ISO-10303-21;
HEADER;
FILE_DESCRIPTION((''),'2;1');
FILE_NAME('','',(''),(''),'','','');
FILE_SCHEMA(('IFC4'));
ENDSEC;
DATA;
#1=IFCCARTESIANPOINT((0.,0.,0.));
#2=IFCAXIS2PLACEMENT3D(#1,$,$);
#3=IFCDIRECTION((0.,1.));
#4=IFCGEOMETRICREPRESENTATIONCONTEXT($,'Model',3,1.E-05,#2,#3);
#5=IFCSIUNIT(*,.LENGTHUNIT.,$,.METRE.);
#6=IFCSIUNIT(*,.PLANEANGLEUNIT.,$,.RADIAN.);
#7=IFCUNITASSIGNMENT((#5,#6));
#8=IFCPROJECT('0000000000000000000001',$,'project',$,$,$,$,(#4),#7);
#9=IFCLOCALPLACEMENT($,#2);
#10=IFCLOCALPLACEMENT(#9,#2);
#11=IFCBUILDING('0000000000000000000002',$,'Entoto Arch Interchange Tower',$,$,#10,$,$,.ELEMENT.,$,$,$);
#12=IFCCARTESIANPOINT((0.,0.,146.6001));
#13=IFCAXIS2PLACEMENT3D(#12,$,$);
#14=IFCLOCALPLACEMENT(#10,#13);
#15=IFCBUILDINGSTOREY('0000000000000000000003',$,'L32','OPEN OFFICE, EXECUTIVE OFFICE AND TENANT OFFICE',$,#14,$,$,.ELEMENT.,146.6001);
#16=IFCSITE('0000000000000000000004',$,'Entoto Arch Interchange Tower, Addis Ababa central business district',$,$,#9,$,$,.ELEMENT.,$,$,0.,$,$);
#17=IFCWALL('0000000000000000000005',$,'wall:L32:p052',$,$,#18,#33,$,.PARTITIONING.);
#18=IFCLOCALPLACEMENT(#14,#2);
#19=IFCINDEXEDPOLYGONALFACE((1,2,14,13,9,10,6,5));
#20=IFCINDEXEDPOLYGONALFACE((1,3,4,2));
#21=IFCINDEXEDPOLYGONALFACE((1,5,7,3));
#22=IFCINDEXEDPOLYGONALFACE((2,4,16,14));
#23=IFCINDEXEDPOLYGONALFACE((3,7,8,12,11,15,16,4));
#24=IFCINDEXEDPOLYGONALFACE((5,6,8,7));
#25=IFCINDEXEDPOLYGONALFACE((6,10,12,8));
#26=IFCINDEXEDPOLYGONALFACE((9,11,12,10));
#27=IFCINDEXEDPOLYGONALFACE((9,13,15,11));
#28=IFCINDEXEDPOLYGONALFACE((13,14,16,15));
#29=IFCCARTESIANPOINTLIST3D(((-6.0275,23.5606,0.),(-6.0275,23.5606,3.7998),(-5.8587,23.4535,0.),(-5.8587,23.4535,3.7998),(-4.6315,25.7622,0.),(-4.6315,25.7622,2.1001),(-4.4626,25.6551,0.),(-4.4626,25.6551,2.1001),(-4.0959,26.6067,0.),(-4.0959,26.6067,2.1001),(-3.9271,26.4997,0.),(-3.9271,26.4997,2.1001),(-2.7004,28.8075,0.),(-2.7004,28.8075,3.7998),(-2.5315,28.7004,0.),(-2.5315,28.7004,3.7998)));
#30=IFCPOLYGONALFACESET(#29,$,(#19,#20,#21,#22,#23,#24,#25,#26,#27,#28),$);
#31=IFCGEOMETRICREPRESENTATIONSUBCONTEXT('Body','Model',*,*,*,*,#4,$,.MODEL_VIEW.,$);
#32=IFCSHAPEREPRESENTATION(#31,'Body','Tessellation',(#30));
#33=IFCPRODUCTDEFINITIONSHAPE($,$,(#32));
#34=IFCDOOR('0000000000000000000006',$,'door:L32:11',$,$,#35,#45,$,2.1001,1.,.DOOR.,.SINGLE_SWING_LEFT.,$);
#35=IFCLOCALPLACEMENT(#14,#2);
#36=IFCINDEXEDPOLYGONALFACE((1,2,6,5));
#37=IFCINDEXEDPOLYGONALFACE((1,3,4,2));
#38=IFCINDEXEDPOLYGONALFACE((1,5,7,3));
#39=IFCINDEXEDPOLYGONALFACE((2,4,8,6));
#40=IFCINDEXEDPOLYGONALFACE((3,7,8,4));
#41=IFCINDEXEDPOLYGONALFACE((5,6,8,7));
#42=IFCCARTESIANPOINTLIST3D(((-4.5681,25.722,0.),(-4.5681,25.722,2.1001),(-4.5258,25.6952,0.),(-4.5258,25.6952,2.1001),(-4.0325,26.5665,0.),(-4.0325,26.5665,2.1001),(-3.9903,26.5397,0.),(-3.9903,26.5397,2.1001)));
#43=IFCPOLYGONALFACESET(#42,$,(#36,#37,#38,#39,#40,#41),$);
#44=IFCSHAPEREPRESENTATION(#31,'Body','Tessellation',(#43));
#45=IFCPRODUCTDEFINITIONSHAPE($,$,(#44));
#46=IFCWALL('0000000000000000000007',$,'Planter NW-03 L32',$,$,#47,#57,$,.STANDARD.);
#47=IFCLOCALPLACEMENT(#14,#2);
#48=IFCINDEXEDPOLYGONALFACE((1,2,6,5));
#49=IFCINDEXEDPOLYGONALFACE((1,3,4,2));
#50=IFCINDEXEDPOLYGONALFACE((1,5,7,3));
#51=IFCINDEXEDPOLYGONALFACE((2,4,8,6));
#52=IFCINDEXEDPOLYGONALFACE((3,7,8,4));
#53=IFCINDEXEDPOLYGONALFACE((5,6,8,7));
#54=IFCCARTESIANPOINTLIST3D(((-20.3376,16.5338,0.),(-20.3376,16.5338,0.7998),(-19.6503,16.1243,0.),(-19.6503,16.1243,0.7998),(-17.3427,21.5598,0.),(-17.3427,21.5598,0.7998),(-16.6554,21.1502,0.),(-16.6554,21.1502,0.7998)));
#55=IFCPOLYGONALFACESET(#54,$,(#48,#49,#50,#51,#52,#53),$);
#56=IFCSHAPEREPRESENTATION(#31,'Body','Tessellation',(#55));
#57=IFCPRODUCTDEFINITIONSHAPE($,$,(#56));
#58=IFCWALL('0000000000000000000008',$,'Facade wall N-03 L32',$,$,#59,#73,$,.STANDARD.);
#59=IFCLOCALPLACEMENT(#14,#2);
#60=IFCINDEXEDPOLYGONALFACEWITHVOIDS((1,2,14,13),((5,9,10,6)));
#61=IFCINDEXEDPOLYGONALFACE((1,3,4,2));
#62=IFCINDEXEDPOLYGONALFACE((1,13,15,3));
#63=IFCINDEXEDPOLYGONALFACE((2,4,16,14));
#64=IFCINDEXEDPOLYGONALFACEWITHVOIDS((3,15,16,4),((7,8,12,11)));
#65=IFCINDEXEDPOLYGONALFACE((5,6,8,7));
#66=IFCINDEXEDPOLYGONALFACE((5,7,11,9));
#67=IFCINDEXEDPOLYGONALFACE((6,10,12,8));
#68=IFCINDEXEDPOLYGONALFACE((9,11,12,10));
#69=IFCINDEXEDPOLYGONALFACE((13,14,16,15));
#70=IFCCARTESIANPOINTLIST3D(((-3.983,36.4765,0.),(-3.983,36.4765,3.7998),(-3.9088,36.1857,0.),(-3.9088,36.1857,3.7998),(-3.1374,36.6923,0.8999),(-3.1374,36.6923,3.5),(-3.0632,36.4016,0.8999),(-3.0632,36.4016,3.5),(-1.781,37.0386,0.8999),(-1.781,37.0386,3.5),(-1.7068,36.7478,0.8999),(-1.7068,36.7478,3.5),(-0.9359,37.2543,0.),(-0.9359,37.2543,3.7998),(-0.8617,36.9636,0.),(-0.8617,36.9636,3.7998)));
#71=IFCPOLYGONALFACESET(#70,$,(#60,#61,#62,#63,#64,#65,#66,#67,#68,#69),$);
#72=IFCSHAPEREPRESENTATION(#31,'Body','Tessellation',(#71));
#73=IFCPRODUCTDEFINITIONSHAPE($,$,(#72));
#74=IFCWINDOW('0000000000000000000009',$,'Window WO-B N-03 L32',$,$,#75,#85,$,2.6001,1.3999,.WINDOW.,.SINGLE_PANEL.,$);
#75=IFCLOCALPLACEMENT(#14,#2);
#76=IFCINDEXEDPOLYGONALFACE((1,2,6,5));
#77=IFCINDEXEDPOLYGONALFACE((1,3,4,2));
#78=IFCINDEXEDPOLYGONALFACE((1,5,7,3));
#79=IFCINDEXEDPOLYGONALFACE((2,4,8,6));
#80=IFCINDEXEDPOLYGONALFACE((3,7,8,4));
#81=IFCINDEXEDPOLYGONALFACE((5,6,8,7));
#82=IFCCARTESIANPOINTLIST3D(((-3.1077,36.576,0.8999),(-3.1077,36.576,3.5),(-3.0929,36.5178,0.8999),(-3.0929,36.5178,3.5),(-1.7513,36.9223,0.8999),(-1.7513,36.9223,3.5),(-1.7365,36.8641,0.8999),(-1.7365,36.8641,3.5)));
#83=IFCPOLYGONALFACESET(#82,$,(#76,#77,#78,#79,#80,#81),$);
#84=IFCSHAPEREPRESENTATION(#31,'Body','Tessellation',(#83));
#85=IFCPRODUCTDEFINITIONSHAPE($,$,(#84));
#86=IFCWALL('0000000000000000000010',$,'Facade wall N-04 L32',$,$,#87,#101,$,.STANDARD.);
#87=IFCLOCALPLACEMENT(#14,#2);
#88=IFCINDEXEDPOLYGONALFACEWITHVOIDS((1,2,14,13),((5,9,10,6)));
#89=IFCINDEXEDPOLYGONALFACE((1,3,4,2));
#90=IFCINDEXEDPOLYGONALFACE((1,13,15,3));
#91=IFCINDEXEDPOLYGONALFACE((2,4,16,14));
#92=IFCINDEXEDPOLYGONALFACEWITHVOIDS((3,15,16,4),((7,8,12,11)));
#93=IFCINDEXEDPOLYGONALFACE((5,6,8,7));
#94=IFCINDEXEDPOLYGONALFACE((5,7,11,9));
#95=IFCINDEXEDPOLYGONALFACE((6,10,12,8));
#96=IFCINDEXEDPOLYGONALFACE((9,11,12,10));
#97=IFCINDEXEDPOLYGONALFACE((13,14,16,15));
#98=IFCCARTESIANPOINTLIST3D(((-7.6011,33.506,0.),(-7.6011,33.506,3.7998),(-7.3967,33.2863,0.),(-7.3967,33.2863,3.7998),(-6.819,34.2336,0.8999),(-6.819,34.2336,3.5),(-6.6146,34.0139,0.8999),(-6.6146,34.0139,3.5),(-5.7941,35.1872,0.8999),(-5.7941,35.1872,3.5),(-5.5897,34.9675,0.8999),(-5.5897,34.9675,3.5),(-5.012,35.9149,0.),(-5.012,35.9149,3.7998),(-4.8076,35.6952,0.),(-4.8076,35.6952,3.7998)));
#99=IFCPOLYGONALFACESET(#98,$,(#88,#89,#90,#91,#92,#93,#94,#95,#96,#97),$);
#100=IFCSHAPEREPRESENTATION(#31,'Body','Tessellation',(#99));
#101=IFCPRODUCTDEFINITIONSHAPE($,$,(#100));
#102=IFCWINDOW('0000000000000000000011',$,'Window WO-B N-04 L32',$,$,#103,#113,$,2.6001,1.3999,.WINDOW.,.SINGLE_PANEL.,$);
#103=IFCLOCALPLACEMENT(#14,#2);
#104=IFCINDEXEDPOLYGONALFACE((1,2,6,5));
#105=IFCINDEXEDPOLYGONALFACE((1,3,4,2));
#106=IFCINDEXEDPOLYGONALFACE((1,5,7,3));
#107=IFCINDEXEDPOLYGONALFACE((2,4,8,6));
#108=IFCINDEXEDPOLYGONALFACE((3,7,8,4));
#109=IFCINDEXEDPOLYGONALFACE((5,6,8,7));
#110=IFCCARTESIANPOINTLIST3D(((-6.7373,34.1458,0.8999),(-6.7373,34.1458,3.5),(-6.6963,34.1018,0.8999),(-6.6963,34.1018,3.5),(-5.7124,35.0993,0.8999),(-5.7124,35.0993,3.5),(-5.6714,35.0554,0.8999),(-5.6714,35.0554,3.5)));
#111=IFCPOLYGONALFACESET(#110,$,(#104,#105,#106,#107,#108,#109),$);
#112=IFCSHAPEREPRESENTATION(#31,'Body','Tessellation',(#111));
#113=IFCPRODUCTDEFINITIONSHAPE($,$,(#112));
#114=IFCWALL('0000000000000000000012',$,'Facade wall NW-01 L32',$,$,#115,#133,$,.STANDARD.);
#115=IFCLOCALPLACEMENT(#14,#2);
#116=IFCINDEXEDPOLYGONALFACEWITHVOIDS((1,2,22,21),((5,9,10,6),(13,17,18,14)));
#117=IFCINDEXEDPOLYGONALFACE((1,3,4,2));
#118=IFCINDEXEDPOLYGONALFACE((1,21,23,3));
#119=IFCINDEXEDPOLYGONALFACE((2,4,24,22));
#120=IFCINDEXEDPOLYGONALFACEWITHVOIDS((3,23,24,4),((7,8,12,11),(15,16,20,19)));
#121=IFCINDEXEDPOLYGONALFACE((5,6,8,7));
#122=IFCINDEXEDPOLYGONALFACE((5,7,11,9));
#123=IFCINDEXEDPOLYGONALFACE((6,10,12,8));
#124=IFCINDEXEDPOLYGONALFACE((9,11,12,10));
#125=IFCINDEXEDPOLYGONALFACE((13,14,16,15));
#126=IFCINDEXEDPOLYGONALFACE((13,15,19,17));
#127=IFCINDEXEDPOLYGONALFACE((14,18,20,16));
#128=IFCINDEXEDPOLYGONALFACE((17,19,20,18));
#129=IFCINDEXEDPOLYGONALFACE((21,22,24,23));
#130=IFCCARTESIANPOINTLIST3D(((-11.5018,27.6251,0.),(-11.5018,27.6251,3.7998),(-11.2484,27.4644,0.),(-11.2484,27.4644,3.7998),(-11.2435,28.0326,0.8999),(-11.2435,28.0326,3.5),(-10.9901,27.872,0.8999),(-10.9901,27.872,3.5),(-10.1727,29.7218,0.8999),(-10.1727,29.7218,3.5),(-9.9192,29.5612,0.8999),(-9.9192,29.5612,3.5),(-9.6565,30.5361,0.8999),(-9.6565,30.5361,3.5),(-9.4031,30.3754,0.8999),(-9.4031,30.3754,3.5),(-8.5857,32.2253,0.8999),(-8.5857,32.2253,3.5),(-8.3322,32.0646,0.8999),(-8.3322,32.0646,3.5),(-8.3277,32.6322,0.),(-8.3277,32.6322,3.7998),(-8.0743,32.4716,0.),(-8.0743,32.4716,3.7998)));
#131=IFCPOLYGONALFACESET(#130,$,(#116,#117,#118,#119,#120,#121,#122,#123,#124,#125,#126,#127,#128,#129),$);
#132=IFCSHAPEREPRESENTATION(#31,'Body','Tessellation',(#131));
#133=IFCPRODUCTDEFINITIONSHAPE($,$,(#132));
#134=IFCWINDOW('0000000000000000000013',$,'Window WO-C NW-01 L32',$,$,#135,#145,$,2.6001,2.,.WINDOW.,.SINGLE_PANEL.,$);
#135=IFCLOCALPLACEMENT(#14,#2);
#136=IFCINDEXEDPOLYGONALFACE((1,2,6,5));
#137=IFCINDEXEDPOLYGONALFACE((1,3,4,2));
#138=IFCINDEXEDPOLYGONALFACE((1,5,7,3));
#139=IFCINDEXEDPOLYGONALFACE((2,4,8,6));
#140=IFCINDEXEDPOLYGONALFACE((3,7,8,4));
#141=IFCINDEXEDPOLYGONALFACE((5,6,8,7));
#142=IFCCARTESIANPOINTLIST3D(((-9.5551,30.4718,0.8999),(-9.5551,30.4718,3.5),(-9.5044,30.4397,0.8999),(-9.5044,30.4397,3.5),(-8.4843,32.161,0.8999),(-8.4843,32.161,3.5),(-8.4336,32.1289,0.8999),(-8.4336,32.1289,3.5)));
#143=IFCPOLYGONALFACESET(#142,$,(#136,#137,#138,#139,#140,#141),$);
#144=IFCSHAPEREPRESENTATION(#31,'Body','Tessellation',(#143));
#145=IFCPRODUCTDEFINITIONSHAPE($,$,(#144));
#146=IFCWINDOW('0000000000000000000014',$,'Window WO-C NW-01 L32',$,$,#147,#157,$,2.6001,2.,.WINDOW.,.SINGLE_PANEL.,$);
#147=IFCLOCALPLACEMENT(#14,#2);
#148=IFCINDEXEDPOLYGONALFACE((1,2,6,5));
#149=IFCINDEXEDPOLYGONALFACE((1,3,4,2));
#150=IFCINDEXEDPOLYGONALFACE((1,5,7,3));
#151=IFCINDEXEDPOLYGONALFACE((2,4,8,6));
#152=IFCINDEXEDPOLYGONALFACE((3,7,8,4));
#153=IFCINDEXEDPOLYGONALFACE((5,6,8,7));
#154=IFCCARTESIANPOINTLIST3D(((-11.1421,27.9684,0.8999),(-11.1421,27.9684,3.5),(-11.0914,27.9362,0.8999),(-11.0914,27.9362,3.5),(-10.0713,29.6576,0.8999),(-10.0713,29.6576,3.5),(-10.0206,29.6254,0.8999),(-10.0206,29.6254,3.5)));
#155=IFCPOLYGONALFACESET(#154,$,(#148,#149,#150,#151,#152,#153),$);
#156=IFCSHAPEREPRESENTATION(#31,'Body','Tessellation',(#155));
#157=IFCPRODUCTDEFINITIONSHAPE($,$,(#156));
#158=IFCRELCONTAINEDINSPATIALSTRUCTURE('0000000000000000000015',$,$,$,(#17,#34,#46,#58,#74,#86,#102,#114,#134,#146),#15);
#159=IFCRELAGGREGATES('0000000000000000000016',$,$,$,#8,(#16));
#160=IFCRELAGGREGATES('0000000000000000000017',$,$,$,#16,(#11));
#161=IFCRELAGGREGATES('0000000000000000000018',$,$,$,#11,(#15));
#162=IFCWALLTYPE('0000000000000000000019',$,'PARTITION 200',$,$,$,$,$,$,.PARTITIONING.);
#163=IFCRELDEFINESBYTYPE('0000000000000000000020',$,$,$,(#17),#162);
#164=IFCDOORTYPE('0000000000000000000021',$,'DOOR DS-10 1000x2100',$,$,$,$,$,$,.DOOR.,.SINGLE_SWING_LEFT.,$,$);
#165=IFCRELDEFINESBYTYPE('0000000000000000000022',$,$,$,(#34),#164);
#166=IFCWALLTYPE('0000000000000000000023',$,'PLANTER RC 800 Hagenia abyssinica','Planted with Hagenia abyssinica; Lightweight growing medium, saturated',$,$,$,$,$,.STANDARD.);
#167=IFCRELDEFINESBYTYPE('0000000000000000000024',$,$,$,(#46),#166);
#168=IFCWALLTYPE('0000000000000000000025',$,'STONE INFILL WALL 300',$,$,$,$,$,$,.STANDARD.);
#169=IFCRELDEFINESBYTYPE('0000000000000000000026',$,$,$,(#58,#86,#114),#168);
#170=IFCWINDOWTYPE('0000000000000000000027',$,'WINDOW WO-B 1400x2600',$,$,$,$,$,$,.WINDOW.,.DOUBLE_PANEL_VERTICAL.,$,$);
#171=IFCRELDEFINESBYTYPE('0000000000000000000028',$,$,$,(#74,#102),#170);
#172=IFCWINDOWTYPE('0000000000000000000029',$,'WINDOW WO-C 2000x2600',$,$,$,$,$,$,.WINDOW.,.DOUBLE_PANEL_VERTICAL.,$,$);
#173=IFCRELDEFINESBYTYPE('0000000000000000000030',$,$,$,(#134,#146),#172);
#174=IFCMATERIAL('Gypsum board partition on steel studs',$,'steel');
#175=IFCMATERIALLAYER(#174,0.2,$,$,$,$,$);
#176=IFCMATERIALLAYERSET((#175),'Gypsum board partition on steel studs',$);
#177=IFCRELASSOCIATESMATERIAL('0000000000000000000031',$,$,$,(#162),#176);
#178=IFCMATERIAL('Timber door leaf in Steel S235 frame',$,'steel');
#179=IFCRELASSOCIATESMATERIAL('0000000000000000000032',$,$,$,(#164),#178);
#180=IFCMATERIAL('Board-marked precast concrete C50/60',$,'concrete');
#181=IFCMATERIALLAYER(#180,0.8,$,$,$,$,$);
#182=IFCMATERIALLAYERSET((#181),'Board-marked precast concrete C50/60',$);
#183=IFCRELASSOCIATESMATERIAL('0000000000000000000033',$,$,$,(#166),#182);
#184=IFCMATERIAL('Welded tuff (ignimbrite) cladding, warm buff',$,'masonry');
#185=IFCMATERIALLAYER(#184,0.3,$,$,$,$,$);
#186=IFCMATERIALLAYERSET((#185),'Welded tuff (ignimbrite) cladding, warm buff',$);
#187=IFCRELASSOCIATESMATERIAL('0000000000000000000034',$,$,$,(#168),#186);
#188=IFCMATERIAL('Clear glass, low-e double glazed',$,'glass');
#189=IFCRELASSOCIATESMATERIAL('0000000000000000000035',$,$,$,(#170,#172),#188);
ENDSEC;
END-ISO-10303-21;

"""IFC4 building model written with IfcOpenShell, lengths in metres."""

from ifc_helpers import new_model, si_unit, direction, frame, frame_2d, origin, place, context, subcontext, project, spatial, rectangle, extrude, material, layer, layer_set, type_object, element, fill, save


model = new_model("IFC4")

# Units and contexts
model_context = context("Model", 3, precision=1e-05, world=origin(), true_north=direction((0.0, 1.0)))
body_context = subcontext(model_context, "Body", "Model", "MODEL_VIEW")
ifc_project = project(units=[si_unit("LENGTHUNIT", "METRE"), si_unit("PLANEANGLEUNIT", "RADIAN")], contexts=[model_context])

# Site, building, storey
site_placement = place(None, origin())
site = spatial("IfcSite", under=ifc_project, at=site_placement, Name="Entoto Arch Interchange Tower, Addis Ababa central business district", CompositionType="ELEMENT", RefElevation=0.0)
building_placement = place(site_placement, origin())
building = spatial("IfcBuilding", under=site, at=building_placement, Name="Entoto Arch Interchange Tower", CompositionType="ELEMENT")
storey_placement = place(building_placement, frame((0.0, 0.0, 146.6001)))
storey = spatial("IfcBuildingStorey", under=building, at=storey_placement, Name="L32", Description="OPEN OFFICE, EXECUTIVE OFFICE AND TENANT OFFICE", CompositionType="ELEMENT", Elevation=146.6001)

# Shared definitions
ifc_material_1 = material(Name="Gypsum board partition on steel studs", Category="steel")
ifc_layer_1 = layer(ifc_material_1, 0.2)
ifc_layer_set_1 = layer_set([ifc_layer_1], Name="Gypsum board partition on steel studs")
wall_type_1 = type_object("IfcWallType", Name="PARTITION 200", PredefinedType="PARTITIONING", material=ifc_layer_set_1)

# Shared definitions
ifc_material_2 = material(Name="Timber door leaf in Steel S235 frame", Category="steel")
door_type = type_object("IfcDoorType", Name="DOOR DS-10 1000x2100", OperationType="SINGLE_SWING_LEFT", PredefinedType="DOOR", material=ifc_material_2)

# Wall, opening, door
wall_1_placement = place(storey_placement, frame((-5.9431, 23.5071, 0.0), z_axis=(0.0, 0.0, 1.0), x_axis=(0.53553, 0.844516, 0.0)))
wall_1 = element("IfcWall", 1, at=wall_1_placement, inside=storey, type_object=wall_type_1, Name="wall:L32:p052", PredefinedType="PARTITIONING", context=body_context, shape_type="SweptSolid", body=[
    extrude(rectangle(XDim=6.2129, YDim=0.2, at=frame_2d((3.1064, 0.0))), origin(), (0.0, 0.0, 1.0), 3.7998),
])
opening_1_placement = place(wall_1_placement, frame((2.6069, 0.0, 0.0)))
opening_1 = element("IfcOpeningElement", 2, at=opening_1_placement, cuts=wall_1, PredefinedType="OPENING", context=body_context, shape_type="SweptSolid", body=[
    extrude(rectangle(XDim=1.0, YDim=2.1001, at=frame_2d((0.5, 1.05))), frame((0.0, 0.1099, 0.0), z_axis=(0.0, -1.0, 0.0), x_axis=(1.0, 0.0, 0.0)), (0.0, 0.0, 1.0), 0.22),
])
door_1_placement = place(opening_1_placement, origin())
door_1 = element("IfcDoor", 3, at=door_1_placement, inside=storey, type_object=door_type, Name="door:L32:11", OperationType="SINGLE_SWING_LEFT", OverallHeight=2.1001, OverallWidth=1.0, PredefinedType="DOOR", context=body_context, shape_type="SweptSolid", body=[
    extrude(rectangle(XDim=1.0, YDim=2.1001, at=frame_2d((0.5, 1.05))), frame((0.0, 0.0249, 0.0), z_axis=(0.0, -1.0, 0.0), x_axis=(1.0, 0.0, 0.0)), (0.0, 0.0, 1.0), 0.05),
])
fill(opening_1, door_1)

# Wall
ifc_material_3 = material(Name="Board-marked precast concrete C50/60", Category="concrete")
ifc_layer_2 = layer(ifc_material_3, 0.8)
ifc_layer_set_2 = layer_set([ifc_layer_2], Name="Board-marked precast concrete C50/60")
wall_type_2 = type_object("IfcWallType", Name="PLANTER RC 800 Hagenia abyssinica", Description="Planted with Hagenia abyssinica; Lightweight growing medium, saturated", PredefinedType="STANDARD", material=ifc_layer_set_2)
wall_2_placement = place(storey_placement, frame((-16.999, 21.355, 0.0), z_axis=(0.0, 0.0, 1.0), x_axis=(-0.511898, -0.859046, 0.0)))
element("IfcWall", 4, at=wall_2_placement, inside=storey, type_object=wall_type_2, Name="Planter NW-03 L32", PredefinedType="STANDARD", context=body_context, shape_type="SweptSolid", body=[
    extrude(rectangle(XDim=5.8506, YDim=0.8, at=frame_2d((2.9253, 0.0))), origin(), (0.0, 0.0, 1.0), 0.7998),
])

# Walls, openings, windows
ifc_material_4 = material(Name="Welded tuff (ignimbrite) cladding, warm buff", Category="masonry")
ifc_layer_3 = layer(ifc_material_4, 0.3)
ifc_layer_set_3 = layer_set([ifc_layer_3], Name="Welded tuff (ignimbrite) cladding, warm buff")
wall_type_3 = type_object("IfcWallType", Name="STONE INFILL WALL 300", PredefinedType="STANDARD", material=ifc_layer_set_3)
wall_3_placement = place(storey_placement, frame((-0.8989, 37.1089, 0.0), z_axis=(0.0, 0.0, 1.0), x_axis=(-0.96893, -0.247337, 0.0)))
wall_3 = element("IfcWall", 5, at=wall_3_placement, inside=storey, type_object=wall_type_3, Name="Facade wall N-03 L32", PredefinedType="STANDARD", context=body_context, shape_type="SweptSolid", body=[
    extrude(rectangle(XDim=3.1448, YDim=0.3, at=frame_2d((1.5723, 0.0))), origin(), (0.0, 0.0, 1.0), 3.7998),
])
opening_2_placement = place(wall_3_placement, frame((0.8721, 0.0, 0.8999)))
opening_2 = element("IfcOpeningElement", 6, at=opening_2_placement, cuts=wall_3, PredefinedType="OPENING", context=body_context, shape_type="SweptSolid", body=[
    extrude(rectangle(XDim=1.3999, YDim=2.6001, at=frame_2d((0.7, 1.3))), frame((0.0, 0.1602, 0.0), z_axis=(0.0, -1.0, 0.0), x_axis=(1.0, 0.0, 0.0)), (0.0, 0.0, 1.0), 0.3201),
])
ifc_material_5 = material(Name="Clear glass, low-e double glazed", Category="glass")
window_type_1 = type_object("IfcWindowType", Name="WINDOW WO-B 1400x2600", PartitioningType="DOUBLE_PANEL_VERTICAL", PredefinedType="WINDOW", material=ifc_material_5)
window_1_placement = place(opening_2_placement, origin())
window_1 = element("IfcWindow", 7, at=window_1_placement, inside=storey, type_object=window_type_1, Name="Window WO-B N-03 L32", OverallHeight=2.6001, OverallWidth=1.3999, PartitioningType="SINGLE_PANEL", PredefinedType="WINDOW", context=body_context, shape_type="SweptSolid", body=[
    extrude(rectangle(XDim=1.3999, YDim=2.6001, at=frame_2d((0.7, 1.3))), frame((0.0, 0.03, 0.0), z_axis=(0.0, -1.0, 0.0), x_axis=(1.0, 0.0, 0.0)), (0.0, 0.0, 1.0), 0.0601),
])
fill(opening_2, window_1)
wall_4_placement = place(storey_placement, frame((-4.9099, 35.8049, 0.0), z_axis=(0.0, 0.0, 1.0), x_axis=(-0.732122, -0.681174, 0.0)))
wall_4 = element("IfcWall", 8, at=wall_4_placement, inside=storey, type_object=wall_type_3, Name="Facade wall N-04 L32", PredefinedType="STANDARD", context=body_context, shape_type="SweptSolid", body=[
    extrude(rectangle(XDim=3.5364, YDim=0.3, at=frame_2d((1.7681, 0.0))), origin(), (0.0, 0.0, 1.0), 3.7998),
])
opening_3_placement = place(wall_4_placement, frame((1.0681, 0.0, 0.8999)))
opening_3 = element("IfcOpeningElement", 9, at=opening_3_placement, cuts=wall_4, PredefinedType="OPENING", context=body_context, shape_type="SweptSolid", body=[
    extrude(rectangle(XDim=1.3999, YDim=2.6001, at=frame_2d((0.7, 1.3))), frame((0.0, 0.1602, 0.0), z_axis=(0.0, -1.0, 0.0), x_axis=(1.0, 0.0, 0.0)), (0.0, 0.0, 1.0), 0.3201),
])
window_2_placement = place(opening_3_placement, origin())
window_2 = element("IfcWindow", 10, at=window_2_placement, inside=storey, type_object=window_type_1, Name="Window WO-B N-04 L32", OverallHeight=2.6001, OverallWidth=1.3999, PartitioningType="SINGLE_PANEL", PredefinedType="WINDOW", context=body_context, shape_type="SweptSolid", body=[
    extrude(rectangle(XDim=1.3999, YDim=2.6001, at=frame_2d((0.7, 1.3))), frame((0.0, 0.03, 0.0), z_axis=(0.0, -1.0, 0.0), x_axis=(1.0, 0.0, 0.0)), (0.0, 0.0, 1.0), 0.0601),
])
fill(opening_3, window_2)

# Wall, openings, windows
wall_5_placement = place(storey_placement, frame((-8.2009, 32.552, 0.0), z_axis=(0.0, 0.0, 1.0), x_axis=(-0.535404, -0.844596, 0.0)))
wall_5 = element("IfcWall", 11, at=wall_5_placement, inside=storey, type_object=wall_type_3, Name="Facade wall NW-01 L32", PredefinedType="STANDARD", context=body_context, shape_type="SweptSolid", body=[
    extrude(rectangle(XDim=5.9285, YDim=0.3, at=frame_2d((2.9644, 0.0))), origin(), (0.0, 0.0, 1.0), 3.7998),
])
opening_4_placement = place(wall_5_placement, frame((0.4819, 0.0, 0.8999)))
opening_4 = element("IfcOpeningElement", 12, at=opening_4_placement, cuts=wall_5, PredefinedType="OPENING", context=body_context, shape_type="SweptSolid", body=[
    extrude(rectangle(XDim=2.0, YDim=2.6001, at=frame_2d((1.0, 1.3))), frame((0.0, 0.1602, 0.0), z_axis=(0.0, -1.0, 0.0), x_axis=(1.0, 0.0, 0.0)), (0.0, 0.0, 1.0), 0.3201),
])
opening_5_placement = place(wall_5_placement, frame((3.446, 0.0, 0.8999)))
opening_5 = element("IfcOpeningElement", 13, at=opening_5_placement, cuts=wall_5, PredefinedType="OPENING", context=body_context, shape_type="SweptSolid", body=[
    extrude(rectangle(XDim=2.0, YDim=2.6001, at=frame_2d((1.0, 1.3))), frame((0.0, 0.1602, 0.0), z_axis=(0.0, -1.0, 0.0), x_axis=(1.0, 0.0, 0.0)), (0.0, 0.0, 1.0), 0.3201),
])
window_type_2 = type_object("IfcWindowType", Name="WINDOW WO-C 2000x2600", PartitioningType="DOUBLE_PANEL_VERTICAL", PredefinedType="WINDOW", material=ifc_material_5)
window_3_placement = place(opening_4_placement, origin())
window_3 = element("IfcWindow", 14, at=window_3_placement, inside=storey, type_object=window_type_2, Name="Window WO-C NW-01 L32", OverallHeight=2.6001, OverallWidth=2.0, PartitioningType="SINGLE_PANEL", PredefinedType="WINDOW", context=body_context, shape_type="SweptSolid", body=[
    extrude(rectangle(XDim=2.0, YDim=2.6001, at=frame_2d((1.0, 1.3))), frame((0.0, 0.03, 0.0), z_axis=(0.0, -1.0, 0.0), x_axis=(1.0, 0.0, 0.0)), (0.0, 0.0, 1.0), 0.0601),
])
fill(opening_4, window_3)
window_4_placement = place(opening_5_placement, origin())
window_4 = element("IfcWindow", 15, at=window_4_placement, inside=storey, type_object=window_type_2, Name="Window WO-C NW-01 L32", OverallHeight=2.6001, OverallWidth=2.0, PartitioningType="SINGLE_PANEL", PredefinedType="WINDOW", context=body_context, shape_type="SweptSolid", body=[
    extrude(rectangle(XDim=2.0, YDim=2.6001, at=frame_2d((1.0, 1.3))), frame((0.0, 0.03, 0.0), z_axis=(0.0, -1.0, 0.0), x_axis=(1.0, 0.0, 0.0)), (0.0, 0.0, 1.0), 0.0601),
])
fill(opening_5, window_4)

save(model, "model.ifc")
